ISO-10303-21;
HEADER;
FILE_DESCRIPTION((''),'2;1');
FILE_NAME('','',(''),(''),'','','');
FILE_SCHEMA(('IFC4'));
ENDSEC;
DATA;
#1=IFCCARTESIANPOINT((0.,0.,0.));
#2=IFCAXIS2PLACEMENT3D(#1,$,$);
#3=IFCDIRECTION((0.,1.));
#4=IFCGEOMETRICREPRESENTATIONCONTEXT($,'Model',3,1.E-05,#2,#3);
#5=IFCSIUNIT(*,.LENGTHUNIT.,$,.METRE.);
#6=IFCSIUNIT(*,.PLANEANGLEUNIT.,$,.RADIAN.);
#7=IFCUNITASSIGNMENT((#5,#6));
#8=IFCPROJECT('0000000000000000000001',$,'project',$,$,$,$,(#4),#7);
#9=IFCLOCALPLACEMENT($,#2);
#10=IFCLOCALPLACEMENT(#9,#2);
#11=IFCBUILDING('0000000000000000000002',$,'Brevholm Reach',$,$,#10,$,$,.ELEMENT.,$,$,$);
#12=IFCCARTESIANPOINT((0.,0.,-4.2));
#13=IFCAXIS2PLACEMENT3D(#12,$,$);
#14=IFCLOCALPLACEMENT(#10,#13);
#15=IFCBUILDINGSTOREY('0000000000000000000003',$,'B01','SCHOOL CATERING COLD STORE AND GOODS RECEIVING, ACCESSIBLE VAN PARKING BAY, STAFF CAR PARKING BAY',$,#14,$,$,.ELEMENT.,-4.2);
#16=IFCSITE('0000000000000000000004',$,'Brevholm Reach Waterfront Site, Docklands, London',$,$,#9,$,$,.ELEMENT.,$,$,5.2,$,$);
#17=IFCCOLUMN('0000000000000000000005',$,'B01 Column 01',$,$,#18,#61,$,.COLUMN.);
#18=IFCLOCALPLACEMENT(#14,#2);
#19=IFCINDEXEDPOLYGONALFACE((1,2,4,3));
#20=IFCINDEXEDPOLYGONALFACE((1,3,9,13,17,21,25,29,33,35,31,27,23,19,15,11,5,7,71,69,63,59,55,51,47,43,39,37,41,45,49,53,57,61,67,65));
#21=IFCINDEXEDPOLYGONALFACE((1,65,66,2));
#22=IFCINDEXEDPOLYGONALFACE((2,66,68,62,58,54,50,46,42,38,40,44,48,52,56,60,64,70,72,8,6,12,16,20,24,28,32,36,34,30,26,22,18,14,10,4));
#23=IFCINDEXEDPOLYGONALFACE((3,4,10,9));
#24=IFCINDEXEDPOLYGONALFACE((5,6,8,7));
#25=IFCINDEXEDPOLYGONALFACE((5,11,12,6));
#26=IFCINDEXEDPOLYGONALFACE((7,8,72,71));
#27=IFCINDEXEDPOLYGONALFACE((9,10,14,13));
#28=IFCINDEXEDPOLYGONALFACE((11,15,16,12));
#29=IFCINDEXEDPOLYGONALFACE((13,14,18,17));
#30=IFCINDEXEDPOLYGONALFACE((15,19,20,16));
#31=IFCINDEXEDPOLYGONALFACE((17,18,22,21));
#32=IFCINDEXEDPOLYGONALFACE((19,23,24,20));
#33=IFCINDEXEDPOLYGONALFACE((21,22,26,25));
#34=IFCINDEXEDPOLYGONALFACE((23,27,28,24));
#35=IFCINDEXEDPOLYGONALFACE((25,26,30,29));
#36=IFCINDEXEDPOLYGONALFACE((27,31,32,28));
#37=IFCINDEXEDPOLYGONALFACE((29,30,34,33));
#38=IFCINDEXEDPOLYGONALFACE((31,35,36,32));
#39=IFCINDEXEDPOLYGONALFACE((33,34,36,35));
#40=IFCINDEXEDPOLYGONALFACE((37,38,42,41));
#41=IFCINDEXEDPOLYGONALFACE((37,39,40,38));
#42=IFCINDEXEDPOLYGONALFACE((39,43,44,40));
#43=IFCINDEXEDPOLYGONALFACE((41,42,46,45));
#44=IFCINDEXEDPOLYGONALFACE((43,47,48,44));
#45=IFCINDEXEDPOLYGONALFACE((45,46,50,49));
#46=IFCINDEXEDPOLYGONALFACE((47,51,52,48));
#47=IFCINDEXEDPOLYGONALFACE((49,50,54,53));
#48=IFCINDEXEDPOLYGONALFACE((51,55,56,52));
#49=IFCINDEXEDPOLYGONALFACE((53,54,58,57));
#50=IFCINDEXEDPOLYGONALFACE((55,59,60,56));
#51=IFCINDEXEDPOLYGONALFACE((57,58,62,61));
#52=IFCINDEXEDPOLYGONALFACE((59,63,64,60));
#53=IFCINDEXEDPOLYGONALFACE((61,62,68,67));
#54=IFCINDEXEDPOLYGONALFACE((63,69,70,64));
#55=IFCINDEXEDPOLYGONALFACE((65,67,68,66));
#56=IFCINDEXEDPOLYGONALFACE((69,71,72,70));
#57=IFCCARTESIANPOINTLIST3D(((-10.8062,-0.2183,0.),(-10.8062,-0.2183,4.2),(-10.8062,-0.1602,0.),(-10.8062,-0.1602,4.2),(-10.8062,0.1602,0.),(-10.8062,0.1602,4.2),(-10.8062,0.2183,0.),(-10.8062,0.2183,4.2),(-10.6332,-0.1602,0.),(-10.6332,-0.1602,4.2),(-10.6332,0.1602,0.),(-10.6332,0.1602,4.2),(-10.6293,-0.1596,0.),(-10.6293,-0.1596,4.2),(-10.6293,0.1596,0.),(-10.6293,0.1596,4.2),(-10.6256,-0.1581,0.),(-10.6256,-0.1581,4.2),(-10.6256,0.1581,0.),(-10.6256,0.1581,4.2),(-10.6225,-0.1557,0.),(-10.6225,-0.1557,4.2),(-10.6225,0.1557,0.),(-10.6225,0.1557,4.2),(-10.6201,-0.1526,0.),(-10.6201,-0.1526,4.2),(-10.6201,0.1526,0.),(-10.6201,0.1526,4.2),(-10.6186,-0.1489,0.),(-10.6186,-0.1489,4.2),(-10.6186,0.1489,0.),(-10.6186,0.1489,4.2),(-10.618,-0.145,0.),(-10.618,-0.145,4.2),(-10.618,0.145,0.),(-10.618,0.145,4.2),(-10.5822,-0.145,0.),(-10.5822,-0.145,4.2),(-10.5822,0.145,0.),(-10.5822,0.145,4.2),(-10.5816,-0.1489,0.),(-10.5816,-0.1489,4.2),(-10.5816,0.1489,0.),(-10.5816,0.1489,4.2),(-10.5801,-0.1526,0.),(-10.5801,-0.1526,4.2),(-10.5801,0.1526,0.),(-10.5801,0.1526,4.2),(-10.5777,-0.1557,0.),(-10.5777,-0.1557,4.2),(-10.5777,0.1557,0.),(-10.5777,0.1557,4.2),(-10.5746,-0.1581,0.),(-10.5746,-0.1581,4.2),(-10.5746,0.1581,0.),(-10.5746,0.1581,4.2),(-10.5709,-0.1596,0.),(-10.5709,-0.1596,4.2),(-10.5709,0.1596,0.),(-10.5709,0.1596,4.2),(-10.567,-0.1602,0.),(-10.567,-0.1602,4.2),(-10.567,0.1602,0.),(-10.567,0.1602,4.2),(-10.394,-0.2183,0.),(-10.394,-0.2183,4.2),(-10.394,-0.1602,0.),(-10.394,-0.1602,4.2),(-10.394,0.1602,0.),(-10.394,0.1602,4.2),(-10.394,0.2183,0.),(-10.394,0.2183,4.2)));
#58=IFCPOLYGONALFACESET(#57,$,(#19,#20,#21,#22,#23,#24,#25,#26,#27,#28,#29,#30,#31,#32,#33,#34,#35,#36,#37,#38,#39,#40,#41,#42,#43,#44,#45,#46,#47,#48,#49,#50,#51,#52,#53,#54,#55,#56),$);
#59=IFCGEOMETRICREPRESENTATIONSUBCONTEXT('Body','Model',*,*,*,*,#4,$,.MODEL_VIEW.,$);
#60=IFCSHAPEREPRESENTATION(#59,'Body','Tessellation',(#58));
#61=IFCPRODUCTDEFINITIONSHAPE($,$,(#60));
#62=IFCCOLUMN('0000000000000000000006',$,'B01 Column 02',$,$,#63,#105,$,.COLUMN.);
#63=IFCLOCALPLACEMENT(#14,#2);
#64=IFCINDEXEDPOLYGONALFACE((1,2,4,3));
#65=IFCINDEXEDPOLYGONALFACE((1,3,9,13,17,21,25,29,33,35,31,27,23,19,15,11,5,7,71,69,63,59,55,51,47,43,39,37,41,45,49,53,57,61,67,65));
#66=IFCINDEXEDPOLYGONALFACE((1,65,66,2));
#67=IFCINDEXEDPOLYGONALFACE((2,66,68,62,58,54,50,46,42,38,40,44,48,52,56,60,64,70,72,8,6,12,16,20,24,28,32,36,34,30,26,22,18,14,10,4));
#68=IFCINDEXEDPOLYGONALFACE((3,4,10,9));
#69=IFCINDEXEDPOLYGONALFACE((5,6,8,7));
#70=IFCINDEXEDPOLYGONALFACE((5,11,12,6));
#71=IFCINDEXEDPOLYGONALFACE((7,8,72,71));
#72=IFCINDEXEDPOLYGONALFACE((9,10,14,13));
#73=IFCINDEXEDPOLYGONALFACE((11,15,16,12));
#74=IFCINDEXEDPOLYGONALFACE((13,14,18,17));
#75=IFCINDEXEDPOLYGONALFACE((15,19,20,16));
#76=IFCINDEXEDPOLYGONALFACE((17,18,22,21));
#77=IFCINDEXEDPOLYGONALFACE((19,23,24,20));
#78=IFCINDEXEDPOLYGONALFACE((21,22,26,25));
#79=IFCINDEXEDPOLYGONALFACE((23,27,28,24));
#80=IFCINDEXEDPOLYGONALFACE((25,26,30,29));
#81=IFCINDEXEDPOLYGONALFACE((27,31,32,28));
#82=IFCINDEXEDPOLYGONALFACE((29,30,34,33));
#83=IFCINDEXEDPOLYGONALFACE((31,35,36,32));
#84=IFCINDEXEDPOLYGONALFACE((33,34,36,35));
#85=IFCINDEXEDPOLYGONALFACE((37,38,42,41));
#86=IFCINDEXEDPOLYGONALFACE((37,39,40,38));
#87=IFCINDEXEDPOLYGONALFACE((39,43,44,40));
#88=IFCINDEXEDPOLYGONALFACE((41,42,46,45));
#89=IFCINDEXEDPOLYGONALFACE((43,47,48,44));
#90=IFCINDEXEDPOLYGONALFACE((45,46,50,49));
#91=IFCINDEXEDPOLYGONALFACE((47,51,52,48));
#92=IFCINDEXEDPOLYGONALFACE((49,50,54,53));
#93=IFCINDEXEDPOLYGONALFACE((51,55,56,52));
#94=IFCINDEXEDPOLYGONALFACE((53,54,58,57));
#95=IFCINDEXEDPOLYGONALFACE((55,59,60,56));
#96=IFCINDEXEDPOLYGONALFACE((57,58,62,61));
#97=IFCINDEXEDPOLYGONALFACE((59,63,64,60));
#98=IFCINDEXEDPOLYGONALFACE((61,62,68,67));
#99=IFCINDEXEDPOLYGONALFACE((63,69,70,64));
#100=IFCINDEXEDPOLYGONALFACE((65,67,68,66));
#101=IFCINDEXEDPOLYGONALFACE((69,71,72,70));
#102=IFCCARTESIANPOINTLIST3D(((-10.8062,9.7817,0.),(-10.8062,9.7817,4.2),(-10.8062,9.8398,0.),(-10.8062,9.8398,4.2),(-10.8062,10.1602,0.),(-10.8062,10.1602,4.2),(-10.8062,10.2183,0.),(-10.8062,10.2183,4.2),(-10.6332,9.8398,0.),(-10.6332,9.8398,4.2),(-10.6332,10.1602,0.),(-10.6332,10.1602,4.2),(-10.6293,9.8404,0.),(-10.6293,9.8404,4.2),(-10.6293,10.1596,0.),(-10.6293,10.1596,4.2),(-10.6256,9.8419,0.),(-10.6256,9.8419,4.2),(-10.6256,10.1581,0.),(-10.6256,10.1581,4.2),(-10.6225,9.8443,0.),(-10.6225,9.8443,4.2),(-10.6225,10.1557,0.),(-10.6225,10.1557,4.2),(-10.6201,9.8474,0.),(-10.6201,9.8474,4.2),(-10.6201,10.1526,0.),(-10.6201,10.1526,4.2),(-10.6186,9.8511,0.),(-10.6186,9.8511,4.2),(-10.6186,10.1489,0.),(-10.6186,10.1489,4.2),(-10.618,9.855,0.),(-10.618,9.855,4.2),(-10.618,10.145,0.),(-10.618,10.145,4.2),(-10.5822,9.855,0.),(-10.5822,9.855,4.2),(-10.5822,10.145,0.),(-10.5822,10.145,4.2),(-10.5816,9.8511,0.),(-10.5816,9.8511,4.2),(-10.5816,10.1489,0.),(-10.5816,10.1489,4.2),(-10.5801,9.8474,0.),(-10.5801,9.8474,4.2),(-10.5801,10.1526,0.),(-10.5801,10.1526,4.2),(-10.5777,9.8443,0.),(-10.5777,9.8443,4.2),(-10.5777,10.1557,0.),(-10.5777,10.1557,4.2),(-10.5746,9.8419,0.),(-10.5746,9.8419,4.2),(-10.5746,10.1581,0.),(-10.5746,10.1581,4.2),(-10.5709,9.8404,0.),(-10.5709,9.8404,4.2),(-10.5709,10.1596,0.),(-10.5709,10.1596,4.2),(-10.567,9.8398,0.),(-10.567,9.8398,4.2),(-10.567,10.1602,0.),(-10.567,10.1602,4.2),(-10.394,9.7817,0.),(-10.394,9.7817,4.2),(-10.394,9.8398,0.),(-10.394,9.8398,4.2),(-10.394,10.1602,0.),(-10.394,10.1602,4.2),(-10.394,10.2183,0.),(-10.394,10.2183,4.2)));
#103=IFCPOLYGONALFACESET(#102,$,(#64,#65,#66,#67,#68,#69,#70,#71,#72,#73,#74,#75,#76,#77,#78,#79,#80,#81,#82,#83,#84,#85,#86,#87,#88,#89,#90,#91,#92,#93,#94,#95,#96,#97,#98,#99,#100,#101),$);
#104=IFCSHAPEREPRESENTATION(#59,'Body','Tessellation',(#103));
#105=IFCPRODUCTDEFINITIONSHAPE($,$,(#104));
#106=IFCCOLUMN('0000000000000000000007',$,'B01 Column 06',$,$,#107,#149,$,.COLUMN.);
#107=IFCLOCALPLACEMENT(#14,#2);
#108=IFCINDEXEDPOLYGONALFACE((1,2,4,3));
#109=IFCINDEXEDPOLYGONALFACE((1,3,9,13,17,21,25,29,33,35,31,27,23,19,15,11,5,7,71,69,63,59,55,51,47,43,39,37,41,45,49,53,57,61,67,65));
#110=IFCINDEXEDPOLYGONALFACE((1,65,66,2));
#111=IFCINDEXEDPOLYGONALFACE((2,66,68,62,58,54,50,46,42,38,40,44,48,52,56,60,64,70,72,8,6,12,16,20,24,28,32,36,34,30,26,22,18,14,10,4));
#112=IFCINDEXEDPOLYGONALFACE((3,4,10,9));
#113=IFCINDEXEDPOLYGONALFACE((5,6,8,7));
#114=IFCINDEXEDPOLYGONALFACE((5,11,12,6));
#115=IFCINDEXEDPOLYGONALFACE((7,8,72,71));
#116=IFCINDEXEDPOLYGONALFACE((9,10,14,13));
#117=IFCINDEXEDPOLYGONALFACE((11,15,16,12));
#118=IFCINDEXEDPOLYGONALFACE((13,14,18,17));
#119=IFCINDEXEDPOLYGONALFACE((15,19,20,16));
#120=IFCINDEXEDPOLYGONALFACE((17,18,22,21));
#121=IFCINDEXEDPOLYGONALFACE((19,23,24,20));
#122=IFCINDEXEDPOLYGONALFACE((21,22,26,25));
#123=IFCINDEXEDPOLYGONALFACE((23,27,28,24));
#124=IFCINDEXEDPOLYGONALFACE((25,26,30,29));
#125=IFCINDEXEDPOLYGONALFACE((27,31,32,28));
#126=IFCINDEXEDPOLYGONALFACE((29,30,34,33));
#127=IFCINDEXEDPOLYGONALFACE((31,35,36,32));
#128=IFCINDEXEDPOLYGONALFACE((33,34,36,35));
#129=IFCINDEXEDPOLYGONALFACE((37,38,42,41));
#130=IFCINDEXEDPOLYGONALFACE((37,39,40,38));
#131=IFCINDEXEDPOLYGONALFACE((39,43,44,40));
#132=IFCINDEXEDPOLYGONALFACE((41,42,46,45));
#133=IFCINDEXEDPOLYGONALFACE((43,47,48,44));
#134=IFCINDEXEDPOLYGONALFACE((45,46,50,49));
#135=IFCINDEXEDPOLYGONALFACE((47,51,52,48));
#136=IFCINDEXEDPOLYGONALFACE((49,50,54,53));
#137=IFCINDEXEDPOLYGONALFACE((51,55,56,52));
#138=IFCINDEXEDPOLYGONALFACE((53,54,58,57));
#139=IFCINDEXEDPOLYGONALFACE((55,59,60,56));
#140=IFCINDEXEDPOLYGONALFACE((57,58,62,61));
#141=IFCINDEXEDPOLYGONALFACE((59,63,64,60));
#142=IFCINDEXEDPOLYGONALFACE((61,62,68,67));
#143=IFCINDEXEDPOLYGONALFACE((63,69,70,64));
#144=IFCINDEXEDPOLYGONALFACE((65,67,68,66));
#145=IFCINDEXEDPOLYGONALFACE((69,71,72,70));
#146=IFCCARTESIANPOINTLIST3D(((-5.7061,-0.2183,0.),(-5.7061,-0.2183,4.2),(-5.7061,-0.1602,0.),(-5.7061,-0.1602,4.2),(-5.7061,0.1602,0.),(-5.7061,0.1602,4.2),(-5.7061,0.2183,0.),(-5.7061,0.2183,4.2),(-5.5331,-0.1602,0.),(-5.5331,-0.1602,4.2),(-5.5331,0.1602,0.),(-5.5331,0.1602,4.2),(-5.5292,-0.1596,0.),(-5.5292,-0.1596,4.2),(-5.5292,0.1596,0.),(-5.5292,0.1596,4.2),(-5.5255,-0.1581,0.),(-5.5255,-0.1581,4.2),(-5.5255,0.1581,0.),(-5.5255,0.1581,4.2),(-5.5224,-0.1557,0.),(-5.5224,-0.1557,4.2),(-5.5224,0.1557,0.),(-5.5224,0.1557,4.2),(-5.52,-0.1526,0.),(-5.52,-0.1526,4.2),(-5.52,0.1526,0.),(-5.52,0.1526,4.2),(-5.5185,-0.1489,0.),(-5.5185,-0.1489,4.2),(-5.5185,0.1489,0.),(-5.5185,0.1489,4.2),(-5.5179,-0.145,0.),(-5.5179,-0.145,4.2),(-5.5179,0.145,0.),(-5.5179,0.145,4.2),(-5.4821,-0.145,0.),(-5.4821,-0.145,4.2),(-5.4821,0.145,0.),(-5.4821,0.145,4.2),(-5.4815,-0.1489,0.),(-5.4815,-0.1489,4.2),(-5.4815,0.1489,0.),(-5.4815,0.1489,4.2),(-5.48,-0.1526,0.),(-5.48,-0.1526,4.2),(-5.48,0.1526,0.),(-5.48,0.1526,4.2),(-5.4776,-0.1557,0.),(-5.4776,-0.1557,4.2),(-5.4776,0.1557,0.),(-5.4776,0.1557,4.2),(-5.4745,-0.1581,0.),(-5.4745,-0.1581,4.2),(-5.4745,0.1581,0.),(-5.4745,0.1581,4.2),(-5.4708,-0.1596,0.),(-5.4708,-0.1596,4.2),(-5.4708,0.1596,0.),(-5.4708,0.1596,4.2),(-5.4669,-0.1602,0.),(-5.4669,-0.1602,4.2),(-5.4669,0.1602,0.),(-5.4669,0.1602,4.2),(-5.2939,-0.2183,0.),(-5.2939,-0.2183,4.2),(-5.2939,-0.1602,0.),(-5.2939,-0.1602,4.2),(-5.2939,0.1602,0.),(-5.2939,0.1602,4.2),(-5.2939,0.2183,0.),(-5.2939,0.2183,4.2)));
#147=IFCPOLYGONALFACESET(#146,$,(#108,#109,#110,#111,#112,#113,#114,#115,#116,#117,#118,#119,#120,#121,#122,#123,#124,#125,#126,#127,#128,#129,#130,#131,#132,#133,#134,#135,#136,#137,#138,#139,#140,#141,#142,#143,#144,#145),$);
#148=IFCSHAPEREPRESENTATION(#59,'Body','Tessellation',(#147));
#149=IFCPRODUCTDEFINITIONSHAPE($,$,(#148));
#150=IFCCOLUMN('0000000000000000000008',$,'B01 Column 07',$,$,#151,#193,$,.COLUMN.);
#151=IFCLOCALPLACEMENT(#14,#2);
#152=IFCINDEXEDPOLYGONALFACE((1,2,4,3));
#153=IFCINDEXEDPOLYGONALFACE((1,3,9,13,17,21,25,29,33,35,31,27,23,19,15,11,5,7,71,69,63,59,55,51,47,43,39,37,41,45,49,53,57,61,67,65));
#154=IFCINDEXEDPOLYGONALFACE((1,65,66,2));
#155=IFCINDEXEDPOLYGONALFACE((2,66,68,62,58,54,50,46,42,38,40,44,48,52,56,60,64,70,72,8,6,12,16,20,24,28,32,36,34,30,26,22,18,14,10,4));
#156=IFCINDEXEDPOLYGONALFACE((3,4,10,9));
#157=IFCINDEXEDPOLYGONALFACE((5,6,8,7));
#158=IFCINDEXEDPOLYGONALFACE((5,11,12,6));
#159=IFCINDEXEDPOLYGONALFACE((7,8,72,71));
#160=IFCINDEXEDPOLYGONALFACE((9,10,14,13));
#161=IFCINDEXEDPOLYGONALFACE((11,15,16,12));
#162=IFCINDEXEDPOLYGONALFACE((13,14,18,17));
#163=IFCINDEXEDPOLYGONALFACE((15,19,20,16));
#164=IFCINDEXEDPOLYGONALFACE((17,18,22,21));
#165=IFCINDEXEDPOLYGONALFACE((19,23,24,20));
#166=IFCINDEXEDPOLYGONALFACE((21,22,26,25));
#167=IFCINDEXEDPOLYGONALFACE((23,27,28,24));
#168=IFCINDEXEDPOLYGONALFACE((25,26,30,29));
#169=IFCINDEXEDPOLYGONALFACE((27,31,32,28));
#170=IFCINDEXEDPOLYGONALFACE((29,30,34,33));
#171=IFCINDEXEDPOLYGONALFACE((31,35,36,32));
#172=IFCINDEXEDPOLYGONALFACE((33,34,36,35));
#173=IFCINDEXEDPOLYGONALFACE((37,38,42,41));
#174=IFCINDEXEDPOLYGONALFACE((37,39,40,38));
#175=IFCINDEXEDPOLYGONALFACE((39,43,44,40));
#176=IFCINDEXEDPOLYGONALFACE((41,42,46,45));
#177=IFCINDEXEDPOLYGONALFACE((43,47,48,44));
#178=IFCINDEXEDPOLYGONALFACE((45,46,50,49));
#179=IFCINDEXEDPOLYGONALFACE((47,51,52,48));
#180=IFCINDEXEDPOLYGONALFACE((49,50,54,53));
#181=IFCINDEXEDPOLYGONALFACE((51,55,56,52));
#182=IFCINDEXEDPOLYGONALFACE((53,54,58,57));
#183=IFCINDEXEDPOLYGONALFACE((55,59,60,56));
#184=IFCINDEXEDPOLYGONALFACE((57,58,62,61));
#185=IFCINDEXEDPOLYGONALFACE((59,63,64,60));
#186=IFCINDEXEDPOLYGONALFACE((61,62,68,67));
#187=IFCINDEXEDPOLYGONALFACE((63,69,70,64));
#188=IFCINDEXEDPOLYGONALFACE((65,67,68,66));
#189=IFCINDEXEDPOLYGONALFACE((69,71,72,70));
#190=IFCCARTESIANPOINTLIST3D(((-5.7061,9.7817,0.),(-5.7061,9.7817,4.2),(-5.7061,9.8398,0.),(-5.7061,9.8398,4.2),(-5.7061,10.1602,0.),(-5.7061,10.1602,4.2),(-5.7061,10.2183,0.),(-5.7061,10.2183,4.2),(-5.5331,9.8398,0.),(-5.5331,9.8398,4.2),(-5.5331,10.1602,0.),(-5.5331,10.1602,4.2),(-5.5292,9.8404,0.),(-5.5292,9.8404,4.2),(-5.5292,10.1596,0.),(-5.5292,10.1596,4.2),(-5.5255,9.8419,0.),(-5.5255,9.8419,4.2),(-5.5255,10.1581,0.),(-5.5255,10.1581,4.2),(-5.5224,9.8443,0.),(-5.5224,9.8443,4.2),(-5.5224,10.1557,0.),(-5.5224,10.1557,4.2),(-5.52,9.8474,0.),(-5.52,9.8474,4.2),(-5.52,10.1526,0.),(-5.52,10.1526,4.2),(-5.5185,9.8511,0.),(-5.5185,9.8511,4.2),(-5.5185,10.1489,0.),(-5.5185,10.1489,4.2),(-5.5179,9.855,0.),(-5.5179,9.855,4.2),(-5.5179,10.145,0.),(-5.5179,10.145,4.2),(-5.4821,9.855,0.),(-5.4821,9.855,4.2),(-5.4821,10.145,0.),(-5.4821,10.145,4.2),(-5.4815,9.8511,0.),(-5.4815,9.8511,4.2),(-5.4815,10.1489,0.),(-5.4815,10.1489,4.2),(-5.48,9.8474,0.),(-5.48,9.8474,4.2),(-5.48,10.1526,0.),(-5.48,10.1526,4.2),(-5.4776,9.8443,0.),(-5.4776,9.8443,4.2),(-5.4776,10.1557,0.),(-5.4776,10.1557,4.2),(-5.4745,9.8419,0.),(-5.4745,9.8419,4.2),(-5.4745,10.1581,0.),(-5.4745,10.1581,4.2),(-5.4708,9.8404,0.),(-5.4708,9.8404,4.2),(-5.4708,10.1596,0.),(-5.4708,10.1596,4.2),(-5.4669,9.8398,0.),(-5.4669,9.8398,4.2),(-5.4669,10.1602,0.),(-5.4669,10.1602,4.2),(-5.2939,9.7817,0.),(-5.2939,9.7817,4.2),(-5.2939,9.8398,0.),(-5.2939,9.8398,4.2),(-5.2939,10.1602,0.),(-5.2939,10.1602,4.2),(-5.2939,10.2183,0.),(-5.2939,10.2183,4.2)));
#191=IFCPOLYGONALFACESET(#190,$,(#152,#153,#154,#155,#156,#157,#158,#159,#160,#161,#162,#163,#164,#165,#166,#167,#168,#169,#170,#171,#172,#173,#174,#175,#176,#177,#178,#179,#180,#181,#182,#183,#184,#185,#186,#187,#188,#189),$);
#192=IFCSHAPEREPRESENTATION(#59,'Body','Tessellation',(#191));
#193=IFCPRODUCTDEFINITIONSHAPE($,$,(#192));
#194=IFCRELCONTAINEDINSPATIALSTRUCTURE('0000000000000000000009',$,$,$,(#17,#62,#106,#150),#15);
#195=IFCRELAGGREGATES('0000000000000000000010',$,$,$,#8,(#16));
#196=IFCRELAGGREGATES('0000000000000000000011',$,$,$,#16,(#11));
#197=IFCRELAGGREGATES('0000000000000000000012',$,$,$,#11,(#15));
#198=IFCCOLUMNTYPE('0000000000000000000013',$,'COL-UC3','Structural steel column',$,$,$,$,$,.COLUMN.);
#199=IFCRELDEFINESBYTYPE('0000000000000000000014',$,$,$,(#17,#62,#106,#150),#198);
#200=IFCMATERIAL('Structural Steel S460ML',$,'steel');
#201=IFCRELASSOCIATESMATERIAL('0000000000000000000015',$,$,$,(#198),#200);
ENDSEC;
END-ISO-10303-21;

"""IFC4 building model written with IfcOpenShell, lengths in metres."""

from ifc_helpers import new_model, si_unit, direction, frame, origin, origin_2d, place, context, subcontext, project, spatial, i_section, extrude, material, material_profile, profile_set, type_object, element, save


model = new_model("IFC4")

# Units and contexts
model_context = context("Model", 3, precision=1e-05, world=origin(), true_north=direction((0.0, 1.0)))
body_context = subcontext(model_context, "Body", "Model", "MODEL_VIEW")
ifc_project = project(units=[si_unit("LENGTHUNIT", "METRE"), si_unit("PLANEANGLEUNIT", "RADIAN")], contexts=[model_context])

# Site, building, storey
site_placement = place(None, origin())
site = spatial("IfcSite", under=ifc_project, at=site_placement, Name="Brevholm Reach Waterfront Site, Docklands, London", CompositionType="ELEMENT", RefElevation=5.2)
building_placement = place(site_placement, origin())
building = spatial("IfcBuilding", under=site, at=building_placement, Name="Brevholm Reach", CompositionType="ELEMENT")
storey_placement = place(building_placement, frame((0.0, 0.0, -4.2)))
storey = spatial("IfcBuildingStorey", under=building, at=storey_placement, Name="B01", Description="SCHOOL CATERING COLD STORE AND GOODS RECEIVING, ACCESSIBLE VAN PARKING BAY, STAFF CAR PARKING BAY", CompositionType="ELEMENT", Elevation=-4.2)

# Columns
ifc_material_1 = material(Name="Structural Steel S460ML", Category="steel")
ifc_material_profile_1 = material_profile(ifc_material_1, i_section(OverallWidth=0.4121, OverallDepth=0.4365, WebThickness=0.0359, FlangeThickness=0.0581, FilletRadius=0.0151, at=origin_2d()), Name="UKC 356x406x467")
ifc_profile_set_1 = profile_set([ifc_material_profile_1], Name="Structural Steel S460ML")
column_type_1 = type_object("IfcColumnType", Name="COL-UC3", Description="Structural steel column", PredefinedType="COLUMN", material=ifc_profile_set_1)
for number, where, z_axis, x_axis, name in (
    (1, (-10.6001, 0.0, 0.0), (0.0, 0.0, 1.0), (1.0, 0.0, 0.0), "B01 Column 01"),
    (2, (-10.6001, 10.0, 0.0), (0.0, 0.0, 1.0), (1.0, 0.0, 0.0), "B01 Column 02"),
    (3, (-5.5, 0.0, 0.0), (0.0, 0.0, 1.0), (1.0, 0.0, 0.0), "B01 Column 06"),
    (4, (-5.5, 10.0, 0.0), (0.0, 0.0, 1.0), (1.0, 0.0, 0.0), "B01 Column 07"),
):
    element("IfcColumn", number, at=place(storey_placement, frame(where, z_axis=z_axis, x_axis=x_axis)), inside=storey, type_object=column_type_1, Name=name, PredefinedType="COLUMN", context=body_context, shape_type="SweptSolid", body=[
        extrude(i_section(OverallWidth=0.4121, OverallDepth=0.4365, WebThickness=0.0359, FlangeThickness=0.0581, FilletRadius=0.0151, at=origin_2d()), origin(), (0.0, 0.0, 1.0), 4.2),
    ])

save(model, "model.ifc")
